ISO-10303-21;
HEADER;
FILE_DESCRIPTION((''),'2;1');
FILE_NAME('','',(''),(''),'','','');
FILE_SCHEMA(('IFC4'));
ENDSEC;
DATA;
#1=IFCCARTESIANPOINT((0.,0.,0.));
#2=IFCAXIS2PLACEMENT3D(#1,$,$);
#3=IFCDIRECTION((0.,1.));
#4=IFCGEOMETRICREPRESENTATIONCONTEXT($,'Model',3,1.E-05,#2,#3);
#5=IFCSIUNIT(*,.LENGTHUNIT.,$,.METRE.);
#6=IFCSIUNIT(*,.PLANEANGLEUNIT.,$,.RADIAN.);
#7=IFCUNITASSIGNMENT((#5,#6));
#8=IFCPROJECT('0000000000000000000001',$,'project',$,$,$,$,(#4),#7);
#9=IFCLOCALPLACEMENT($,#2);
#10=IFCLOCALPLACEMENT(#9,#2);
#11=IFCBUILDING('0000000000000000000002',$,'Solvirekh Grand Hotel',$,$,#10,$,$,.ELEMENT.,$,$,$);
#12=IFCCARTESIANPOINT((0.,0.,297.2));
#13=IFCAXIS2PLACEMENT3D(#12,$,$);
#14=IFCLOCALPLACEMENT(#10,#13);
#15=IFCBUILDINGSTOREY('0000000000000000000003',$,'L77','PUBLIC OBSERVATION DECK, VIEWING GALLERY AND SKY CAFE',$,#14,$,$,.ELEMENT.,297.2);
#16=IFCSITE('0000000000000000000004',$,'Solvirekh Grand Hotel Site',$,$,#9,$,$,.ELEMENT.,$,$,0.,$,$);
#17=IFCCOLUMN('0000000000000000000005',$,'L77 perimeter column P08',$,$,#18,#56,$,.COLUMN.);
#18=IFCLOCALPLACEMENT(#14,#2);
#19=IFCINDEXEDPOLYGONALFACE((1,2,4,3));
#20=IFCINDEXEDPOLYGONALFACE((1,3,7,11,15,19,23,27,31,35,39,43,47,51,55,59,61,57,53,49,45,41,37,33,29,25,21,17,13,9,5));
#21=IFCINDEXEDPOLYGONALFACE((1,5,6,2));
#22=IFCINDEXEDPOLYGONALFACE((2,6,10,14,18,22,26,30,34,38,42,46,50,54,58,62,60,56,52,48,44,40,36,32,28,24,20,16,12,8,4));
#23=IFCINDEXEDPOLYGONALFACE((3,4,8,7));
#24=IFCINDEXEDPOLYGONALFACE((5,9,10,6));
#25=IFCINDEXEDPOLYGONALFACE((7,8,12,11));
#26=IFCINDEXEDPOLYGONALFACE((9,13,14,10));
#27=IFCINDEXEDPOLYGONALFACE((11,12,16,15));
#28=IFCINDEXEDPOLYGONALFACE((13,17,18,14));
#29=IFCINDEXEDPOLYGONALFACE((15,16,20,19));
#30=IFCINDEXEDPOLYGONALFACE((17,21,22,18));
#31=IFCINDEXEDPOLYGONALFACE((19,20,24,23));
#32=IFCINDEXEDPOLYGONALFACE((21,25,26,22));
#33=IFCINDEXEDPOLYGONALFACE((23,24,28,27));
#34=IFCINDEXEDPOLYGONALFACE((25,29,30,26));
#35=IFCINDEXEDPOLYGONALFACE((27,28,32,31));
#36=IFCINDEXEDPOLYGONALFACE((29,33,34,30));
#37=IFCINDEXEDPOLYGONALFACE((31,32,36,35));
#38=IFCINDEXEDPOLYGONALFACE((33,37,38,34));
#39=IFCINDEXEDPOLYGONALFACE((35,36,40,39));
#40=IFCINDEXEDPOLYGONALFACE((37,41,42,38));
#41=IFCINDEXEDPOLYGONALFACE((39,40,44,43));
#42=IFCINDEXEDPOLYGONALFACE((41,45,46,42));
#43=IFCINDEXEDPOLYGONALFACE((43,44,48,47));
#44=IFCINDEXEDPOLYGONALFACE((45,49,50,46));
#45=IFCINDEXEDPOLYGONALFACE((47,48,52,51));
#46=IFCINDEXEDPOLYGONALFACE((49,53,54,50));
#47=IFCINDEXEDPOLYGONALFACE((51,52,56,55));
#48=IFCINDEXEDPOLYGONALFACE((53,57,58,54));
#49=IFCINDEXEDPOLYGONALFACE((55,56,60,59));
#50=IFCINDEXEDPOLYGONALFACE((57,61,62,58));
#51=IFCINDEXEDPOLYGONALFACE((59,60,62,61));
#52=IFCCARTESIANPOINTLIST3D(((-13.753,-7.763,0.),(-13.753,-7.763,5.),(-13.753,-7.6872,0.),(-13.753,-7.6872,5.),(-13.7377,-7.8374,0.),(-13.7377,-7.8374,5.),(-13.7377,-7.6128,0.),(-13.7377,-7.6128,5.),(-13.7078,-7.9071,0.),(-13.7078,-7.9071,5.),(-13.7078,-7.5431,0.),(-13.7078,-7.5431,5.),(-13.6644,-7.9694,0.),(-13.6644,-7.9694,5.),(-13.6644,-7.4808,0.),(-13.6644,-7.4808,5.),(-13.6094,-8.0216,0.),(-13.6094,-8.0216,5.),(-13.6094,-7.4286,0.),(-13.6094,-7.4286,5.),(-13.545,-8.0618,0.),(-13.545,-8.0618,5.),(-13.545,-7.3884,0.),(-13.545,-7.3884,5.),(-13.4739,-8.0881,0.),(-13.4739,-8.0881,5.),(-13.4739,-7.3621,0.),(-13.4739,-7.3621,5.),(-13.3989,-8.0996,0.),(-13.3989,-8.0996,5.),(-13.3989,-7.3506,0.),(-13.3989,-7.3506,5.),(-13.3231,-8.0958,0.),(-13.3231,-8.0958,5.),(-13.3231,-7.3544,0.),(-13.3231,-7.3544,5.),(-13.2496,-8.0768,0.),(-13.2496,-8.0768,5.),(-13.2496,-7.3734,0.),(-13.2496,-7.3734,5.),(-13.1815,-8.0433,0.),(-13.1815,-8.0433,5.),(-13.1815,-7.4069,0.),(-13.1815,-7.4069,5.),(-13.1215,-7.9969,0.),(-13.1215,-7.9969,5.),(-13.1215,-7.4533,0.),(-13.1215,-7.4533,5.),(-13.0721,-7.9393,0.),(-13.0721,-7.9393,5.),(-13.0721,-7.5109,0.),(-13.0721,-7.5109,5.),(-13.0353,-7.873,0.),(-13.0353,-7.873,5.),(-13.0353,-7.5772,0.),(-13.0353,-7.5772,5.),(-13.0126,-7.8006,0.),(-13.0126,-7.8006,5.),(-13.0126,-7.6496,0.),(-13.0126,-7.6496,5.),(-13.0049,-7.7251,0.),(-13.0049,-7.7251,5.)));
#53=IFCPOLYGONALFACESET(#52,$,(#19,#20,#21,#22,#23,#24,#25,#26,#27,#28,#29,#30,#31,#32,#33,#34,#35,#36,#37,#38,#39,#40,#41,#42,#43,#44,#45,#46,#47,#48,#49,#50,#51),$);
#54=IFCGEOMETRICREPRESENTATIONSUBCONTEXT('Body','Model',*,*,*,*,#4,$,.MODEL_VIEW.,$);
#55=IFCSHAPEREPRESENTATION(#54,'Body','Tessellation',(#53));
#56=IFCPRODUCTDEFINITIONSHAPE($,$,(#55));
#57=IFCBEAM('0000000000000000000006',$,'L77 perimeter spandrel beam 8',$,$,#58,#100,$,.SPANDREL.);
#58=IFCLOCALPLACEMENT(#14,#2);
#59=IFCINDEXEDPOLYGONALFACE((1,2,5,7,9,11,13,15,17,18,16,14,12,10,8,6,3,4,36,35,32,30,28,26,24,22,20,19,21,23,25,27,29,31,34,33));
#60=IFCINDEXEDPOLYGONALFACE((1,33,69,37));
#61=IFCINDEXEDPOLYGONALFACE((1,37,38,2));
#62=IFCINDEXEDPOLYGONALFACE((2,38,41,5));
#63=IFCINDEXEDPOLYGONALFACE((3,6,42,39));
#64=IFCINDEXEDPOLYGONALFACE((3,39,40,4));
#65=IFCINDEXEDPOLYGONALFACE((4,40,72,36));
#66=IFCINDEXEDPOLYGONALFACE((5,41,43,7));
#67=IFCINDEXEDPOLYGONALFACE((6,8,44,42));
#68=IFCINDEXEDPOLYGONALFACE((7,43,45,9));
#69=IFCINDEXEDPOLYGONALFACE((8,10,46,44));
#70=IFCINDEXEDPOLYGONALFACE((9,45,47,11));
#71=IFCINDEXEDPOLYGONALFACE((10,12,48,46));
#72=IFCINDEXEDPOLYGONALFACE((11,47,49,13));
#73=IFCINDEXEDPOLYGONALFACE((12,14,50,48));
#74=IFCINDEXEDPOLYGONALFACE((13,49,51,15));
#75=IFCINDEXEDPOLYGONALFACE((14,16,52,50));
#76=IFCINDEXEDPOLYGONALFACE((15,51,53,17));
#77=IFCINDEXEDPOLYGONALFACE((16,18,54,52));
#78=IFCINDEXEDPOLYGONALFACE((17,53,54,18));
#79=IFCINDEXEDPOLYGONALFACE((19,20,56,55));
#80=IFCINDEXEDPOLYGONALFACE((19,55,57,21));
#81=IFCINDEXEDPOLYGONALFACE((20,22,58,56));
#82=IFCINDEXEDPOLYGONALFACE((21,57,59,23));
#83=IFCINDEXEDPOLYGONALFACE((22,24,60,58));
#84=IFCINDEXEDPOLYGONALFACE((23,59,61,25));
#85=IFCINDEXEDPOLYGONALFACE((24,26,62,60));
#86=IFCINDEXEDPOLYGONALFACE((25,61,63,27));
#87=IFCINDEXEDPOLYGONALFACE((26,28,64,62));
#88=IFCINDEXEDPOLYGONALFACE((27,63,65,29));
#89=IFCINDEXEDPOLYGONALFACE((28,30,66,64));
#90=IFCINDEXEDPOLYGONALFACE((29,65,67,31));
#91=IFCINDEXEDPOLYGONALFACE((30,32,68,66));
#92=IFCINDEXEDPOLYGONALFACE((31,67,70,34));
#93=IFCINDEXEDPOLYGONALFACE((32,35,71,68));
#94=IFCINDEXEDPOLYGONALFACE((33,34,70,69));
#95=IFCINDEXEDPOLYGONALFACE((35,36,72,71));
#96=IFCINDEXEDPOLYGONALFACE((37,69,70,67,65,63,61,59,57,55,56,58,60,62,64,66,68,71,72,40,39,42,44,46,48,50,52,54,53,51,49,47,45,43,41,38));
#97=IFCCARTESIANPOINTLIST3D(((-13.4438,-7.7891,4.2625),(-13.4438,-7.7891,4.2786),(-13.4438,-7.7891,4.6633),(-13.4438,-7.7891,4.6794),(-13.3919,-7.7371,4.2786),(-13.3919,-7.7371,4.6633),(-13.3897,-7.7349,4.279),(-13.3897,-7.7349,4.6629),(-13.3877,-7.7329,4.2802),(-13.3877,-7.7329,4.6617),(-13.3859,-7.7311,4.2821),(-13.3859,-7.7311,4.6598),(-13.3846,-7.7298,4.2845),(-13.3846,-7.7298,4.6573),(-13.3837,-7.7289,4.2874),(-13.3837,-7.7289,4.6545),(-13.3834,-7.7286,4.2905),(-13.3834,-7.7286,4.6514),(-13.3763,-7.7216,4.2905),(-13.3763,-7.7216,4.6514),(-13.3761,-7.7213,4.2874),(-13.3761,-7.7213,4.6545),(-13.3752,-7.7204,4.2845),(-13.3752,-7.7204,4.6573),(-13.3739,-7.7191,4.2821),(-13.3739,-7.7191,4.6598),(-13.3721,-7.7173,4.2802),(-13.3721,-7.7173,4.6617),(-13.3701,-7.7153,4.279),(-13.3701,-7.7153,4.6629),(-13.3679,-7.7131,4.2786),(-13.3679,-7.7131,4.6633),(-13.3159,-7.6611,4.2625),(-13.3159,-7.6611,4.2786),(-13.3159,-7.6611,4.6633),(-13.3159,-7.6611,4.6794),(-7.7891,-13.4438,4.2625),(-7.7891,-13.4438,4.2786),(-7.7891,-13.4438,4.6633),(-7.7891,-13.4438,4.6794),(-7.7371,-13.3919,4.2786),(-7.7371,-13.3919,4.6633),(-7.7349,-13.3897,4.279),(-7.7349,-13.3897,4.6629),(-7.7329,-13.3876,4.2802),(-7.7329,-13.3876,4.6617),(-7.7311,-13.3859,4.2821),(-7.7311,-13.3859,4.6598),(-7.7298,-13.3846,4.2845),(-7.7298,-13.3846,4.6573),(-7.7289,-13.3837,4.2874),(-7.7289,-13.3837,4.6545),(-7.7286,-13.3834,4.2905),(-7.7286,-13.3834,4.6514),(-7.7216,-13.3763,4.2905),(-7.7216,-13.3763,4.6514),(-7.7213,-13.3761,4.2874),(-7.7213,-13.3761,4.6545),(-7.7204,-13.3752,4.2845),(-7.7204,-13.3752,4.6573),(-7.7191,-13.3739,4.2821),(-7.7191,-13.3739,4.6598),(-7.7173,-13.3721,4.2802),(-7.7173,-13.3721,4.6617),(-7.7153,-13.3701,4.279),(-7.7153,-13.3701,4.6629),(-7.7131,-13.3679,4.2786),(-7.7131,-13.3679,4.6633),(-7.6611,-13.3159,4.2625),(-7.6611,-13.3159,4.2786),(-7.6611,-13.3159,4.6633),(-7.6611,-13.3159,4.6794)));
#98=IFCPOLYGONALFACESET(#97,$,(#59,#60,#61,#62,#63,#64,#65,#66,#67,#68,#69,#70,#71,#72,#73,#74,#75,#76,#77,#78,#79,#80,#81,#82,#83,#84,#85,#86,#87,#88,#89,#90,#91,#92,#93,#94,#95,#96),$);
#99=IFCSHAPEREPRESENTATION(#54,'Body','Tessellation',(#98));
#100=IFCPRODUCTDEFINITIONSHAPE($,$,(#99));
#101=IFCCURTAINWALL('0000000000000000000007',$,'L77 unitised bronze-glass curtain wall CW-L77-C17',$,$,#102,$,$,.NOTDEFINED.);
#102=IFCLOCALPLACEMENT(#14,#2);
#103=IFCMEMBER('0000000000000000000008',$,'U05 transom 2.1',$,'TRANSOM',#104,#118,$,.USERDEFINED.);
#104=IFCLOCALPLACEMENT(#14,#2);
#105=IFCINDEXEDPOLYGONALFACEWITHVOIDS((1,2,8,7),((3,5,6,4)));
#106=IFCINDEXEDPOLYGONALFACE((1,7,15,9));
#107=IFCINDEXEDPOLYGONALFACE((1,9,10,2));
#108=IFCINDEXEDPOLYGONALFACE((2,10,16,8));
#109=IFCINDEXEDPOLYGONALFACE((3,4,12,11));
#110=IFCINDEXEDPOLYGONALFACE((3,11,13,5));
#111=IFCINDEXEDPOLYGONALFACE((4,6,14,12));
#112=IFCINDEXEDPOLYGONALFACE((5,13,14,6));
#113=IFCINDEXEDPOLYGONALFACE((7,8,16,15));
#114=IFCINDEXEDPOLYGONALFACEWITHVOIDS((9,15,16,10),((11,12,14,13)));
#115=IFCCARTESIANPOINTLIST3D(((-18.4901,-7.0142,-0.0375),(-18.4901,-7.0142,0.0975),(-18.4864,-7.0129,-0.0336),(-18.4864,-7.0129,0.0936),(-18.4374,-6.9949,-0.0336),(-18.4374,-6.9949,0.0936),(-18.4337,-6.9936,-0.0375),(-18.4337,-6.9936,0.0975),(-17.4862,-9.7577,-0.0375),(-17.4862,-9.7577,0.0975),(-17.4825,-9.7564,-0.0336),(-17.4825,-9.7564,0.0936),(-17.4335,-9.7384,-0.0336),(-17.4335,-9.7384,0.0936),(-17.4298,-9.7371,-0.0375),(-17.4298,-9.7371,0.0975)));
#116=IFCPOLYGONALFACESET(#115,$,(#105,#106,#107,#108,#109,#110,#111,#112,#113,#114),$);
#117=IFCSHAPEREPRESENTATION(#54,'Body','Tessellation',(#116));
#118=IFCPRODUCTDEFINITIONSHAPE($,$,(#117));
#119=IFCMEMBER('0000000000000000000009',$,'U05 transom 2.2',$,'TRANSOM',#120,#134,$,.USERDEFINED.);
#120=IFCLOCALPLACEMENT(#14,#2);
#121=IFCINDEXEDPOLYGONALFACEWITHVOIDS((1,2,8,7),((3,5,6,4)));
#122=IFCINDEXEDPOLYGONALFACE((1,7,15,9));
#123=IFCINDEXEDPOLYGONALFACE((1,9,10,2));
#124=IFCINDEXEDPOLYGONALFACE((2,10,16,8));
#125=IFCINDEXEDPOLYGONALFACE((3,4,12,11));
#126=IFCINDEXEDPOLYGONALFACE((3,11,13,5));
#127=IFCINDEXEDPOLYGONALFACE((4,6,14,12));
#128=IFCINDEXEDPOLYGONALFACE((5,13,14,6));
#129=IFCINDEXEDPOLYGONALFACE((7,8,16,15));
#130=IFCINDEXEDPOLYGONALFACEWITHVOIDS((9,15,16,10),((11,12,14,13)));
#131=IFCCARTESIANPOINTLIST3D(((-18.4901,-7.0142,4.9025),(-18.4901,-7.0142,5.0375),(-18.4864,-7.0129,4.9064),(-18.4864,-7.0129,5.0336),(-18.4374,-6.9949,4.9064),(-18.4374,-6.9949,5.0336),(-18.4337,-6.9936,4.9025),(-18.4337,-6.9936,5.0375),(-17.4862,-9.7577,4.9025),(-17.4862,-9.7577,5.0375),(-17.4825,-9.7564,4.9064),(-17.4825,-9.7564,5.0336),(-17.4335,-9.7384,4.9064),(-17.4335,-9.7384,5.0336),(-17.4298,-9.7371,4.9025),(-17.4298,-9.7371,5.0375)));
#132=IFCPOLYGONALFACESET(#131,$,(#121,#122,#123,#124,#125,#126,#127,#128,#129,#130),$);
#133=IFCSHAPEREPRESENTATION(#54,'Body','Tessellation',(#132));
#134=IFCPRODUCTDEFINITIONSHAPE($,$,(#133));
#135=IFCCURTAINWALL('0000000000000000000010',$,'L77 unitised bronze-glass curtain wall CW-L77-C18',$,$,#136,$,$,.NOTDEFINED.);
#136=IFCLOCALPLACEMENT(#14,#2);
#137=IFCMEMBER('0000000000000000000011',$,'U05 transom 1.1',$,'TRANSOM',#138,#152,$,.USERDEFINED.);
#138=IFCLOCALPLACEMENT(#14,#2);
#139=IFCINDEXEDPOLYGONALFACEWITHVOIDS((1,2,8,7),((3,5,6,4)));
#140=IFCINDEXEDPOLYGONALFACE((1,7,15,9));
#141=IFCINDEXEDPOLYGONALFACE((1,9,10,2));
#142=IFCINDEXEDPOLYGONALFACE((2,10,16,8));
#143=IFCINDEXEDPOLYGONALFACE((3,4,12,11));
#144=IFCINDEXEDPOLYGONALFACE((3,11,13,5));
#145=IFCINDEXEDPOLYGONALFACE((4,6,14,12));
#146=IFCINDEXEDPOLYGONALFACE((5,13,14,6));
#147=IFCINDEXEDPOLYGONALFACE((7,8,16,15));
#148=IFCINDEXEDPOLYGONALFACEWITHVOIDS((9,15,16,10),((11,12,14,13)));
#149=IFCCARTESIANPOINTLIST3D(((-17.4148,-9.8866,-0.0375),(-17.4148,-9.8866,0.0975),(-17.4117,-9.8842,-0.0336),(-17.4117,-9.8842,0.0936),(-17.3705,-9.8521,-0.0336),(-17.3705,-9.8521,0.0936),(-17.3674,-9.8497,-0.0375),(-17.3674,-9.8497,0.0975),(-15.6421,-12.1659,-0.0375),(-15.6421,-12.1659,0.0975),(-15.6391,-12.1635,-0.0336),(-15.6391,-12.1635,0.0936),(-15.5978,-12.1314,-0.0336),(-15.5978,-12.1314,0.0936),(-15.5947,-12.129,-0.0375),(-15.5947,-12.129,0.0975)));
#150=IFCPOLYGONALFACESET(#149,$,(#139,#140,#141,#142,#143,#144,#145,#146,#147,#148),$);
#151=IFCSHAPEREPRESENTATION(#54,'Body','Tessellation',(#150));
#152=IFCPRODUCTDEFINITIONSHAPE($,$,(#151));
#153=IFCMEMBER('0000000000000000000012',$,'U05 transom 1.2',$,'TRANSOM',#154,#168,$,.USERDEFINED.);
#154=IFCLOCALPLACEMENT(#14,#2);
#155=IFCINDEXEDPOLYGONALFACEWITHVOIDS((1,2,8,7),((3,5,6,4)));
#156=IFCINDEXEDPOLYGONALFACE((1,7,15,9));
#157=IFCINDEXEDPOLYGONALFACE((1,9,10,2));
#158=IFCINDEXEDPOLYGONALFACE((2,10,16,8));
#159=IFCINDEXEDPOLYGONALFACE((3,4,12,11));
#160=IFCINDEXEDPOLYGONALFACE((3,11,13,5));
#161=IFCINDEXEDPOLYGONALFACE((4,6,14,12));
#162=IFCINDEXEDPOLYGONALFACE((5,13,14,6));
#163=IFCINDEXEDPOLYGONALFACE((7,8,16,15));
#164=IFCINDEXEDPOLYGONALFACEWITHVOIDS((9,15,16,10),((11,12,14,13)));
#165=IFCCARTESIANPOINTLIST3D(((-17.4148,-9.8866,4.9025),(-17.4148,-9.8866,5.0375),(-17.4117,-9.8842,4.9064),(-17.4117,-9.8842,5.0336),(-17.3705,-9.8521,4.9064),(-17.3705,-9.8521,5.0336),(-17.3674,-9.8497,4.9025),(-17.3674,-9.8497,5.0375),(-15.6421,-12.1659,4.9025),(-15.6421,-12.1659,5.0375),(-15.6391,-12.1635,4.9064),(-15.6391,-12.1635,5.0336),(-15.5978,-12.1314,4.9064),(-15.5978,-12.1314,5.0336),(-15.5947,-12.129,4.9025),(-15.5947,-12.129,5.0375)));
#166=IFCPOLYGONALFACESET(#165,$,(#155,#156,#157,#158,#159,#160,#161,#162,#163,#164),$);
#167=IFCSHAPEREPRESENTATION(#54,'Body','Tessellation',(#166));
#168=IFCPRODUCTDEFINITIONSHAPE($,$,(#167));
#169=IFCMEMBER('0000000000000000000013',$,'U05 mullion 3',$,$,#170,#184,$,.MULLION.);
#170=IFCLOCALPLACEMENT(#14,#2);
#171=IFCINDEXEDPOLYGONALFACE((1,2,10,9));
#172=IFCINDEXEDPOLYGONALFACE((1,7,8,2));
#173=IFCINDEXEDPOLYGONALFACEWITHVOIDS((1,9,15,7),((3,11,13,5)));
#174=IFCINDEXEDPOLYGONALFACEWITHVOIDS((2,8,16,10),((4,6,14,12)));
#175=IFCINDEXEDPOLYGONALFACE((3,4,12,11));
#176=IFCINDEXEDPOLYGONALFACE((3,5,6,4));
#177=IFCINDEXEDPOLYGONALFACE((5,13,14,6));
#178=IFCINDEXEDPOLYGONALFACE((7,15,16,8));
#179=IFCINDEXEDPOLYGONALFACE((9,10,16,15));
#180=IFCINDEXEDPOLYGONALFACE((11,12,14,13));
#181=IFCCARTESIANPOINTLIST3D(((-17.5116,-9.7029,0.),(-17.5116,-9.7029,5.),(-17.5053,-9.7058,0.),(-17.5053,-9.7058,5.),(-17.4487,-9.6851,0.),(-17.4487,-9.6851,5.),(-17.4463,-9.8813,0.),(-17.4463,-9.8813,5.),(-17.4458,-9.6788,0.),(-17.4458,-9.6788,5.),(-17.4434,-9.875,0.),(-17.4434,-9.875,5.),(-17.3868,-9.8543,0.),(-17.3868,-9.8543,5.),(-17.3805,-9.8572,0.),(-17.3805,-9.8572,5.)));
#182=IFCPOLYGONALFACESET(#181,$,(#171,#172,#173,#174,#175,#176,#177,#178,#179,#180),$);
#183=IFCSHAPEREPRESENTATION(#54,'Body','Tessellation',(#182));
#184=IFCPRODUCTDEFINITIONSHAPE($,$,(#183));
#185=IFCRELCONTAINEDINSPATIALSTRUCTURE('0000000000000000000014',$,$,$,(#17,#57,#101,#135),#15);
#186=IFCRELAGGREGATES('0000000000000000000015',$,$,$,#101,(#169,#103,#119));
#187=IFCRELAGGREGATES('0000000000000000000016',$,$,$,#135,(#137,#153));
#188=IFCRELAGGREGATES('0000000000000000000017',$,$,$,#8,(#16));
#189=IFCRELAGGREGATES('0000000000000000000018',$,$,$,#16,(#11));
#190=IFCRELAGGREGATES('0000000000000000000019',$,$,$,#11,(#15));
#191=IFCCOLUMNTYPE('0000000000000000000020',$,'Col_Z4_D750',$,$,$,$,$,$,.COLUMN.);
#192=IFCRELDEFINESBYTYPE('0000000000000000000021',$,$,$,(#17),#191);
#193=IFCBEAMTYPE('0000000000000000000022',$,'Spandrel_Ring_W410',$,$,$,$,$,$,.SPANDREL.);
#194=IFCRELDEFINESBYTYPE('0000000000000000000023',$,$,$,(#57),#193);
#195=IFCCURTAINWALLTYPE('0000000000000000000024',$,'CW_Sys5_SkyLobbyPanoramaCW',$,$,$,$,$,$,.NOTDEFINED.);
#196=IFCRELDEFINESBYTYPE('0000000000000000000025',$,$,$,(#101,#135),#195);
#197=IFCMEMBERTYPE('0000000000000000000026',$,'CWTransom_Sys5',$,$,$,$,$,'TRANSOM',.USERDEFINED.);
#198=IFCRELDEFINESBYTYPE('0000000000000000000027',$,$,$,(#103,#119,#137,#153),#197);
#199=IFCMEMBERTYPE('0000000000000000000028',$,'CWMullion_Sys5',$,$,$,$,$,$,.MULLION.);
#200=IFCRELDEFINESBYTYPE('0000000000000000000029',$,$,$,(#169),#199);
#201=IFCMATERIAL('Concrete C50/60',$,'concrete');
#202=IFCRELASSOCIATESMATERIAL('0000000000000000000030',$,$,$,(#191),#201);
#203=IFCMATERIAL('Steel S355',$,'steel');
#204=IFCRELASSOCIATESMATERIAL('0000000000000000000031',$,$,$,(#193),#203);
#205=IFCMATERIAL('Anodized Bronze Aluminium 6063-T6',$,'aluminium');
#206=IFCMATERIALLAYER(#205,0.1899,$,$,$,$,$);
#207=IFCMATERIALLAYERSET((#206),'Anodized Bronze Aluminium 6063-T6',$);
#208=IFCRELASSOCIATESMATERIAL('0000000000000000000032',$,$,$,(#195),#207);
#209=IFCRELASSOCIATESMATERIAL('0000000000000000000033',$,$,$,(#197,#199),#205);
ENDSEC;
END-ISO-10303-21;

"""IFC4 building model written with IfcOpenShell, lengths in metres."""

from ifc_helpers import new_model, si_unit, direction, frame, origin, origin_2d, place, context, subcontext, project, spatial, hollow_rectangle, circle, i_section, extrude, source, transform, mapped, material, layer, layer_set, material_profile, profile_set, type_object, element, aggregate, save


model = new_model("IFC4")

# Units and contexts
model_context = context("Model", 3, precision=1e-05, world=origin(), true_north=direction((0.0, 1.0)))
body_context = subcontext(model_context, "Body", "Model", "MODEL_VIEW")
ifc_project = project(units=[si_unit("LENGTHUNIT", "METRE"), si_unit("PLANEANGLEUNIT", "RADIAN")], contexts=[model_context])

# Site, building, storey
site_placement = place(None, origin())
site = spatial("IfcSite", under=ifc_project, at=site_placement, Name="Solvirekh Grand Hotel Site", CompositionType="ELEMENT", RefElevation=0.0)
building_placement = place(site_placement, origin())
building = spatial("IfcBuilding", under=site, at=building_placement, Name="Solvirekh Grand Hotel", CompositionType="ELEMENT")
storey_placement = place(building_placement, frame((0.0, 0.0, 297.2)))
storey = spatial("IfcBuildingStorey", under=building, at=storey_placement, Name="L77", Description="PUBLIC OBSERVATION DECK, VIEWING GALLERY AND SKY CAFE", CompositionType="ELEMENT", Elevation=297.2)

# Column
ifc_material_1 = material(Name="Concrete C50/60", Category="concrete")
ifc_material_profile_1 = material_profile(ifc_material_1, circle(Radius=0.375, at=origin_2d()), Name="RC CIRC D750")
ifc_profile_set_1 = profile_set([ifc_material_profile_1], Name="Concrete C50/60")
column_type = type_object("IfcColumnType", Name="Col_Z4_D750", PredefinedType="COLUMN", material=ifc_profile_set_1)
column_placement = place(storey_placement, frame((-13.3799, -7.7251, 0.0), z_axis=(0.0, 0.0, 1.0), x_axis=(1.0, 0.0, 0.0)))
element("IfcColumn", 1, at=column_placement, inside=storey, type_object=column_type, Name="L77 perimeter column P08", PredefinedType="COLUMN", context=body_context, shape_type="SweptSolid", body=[
    extrude(circle(Radius=0.375, at=origin_2d()), origin(), (0.0, 0.0, 1.0), 5.0),
])

# Beam
ifc_material_2 = material(Name="Steel S355", Category="steel")
ifc_material_profile_2 = material_profile(ifc_material_2, i_section(OverallWidth=0.1809, OverallDepth=0.417, WebThickness=0.01, FlangeThickness=0.0161, FilletRadius=0.012, at=origin_2d()), Name="W410X85")
ifc_profile_set_2 = profile_set([ifc_material_profile_2], Name="Steel S355")
beam_type = type_object("IfcBeamType", Name="Spandrel_Ring_W410", PredefinedType="SPANDREL", material=ifc_profile_set_2)
beam_placement = place(storey_placement, frame((-13.3799, -7.7251, 4.4709), z_axis=(0.707107, -0.707107, 0.0), x_axis=(0.707107, 0.707107, 0.0)))
element("IfcBeam", 2, at=beam_placement, inside=storey, type_object=beam_type, Name="L77 perimeter spandrel beam 8", PredefinedType="SPANDREL", context=body_context, shape_type="SweptSolid", body=[
    extrude(i_section(OverallWidth=0.1809, OverallDepth=0.417, WebThickness=0.01, FlangeThickness=0.0161, FilletRadius=0.012, at=origin_2d()), origin(), (0.0, 0.0, 1.0), 7.9971),
])

# Curtain walls, members
ifc_material_3 = material(Name="Anodized Bronze Aluminium 6063-T6", Category="aluminium")
ifc_layer_1 = layer(ifc_material_3, 0.1899)
ifc_layer_set_1 = layer_set([ifc_layer_1], Name="Anodized Bronze Aluminium 6063-T6")
curtain_wall_type = type_object("IfcCurtainWallType", Name="CW_Sys5_SkyLobbyPanoramaCW", PredefinedType="NOTDEFINED", material=ifc_layer_set_1)
curtain_wall_1_placement = place(storey_placement, origin())
curtain_wall_1 = element("IfcCurtainWall", 3, at=curtain_wall_1_placement, inside=storey, type_object=curtain_wall_type, Name="L77 unitised bronze-glass curtain wall CW-L77-C17", PredefinedType="NOTDEFINED")
ifc_material_profile_3 = material_profile(ifc_material_3, hollow_rectangle(XDim=0.0601, YDim=0.135, WallThickness=0.0039, at=origin_2d()), Name="ALU RHS 135X60X4")
ifc_profile_set_3 = profile_set([ifc_material_profile_3], Name="Anodized Bronze Aluminium 6063-T6")
member_type_1 = type_object("IfcMemberType", Name="CWTransom_Sys5", ElementType="TRANSOM", PredefinedType="USERDEFINED", material=ifc_profile_set_3)
shared_shape_1 = source(origin(), body_context, "Body", "SweptSolid", [
    extrude(hollow_rectangle(XDim=0.0601, YDim=0.135, WallThickness=0.0039, at=origin_2d()), origin(), (0.0, 0.0, 1.0), 2.9214),
])
member_1_placement = place(storey_placement, frame((-18.4619, -7.0039, 0.03), z_axis=(0.343648, -0.939099, 0.0), x_axis=(0.939099, 0.343648, 0.0)))
member_1 = element("IfcMember", 4, at=member_1_placement, type_object=member_type_1, Name="U05 transom 2.1", ObjectType="TRANSOM", PredefinedType="USERDEFINED", context=body_context, shape_type="MappedRepresentation", body=[
    mapped(shared_shape_1, transform((0.0, 0.0, 0.0), x_axis=(1.0, 0.0, 0.0), y_axis=(0.0, 1.0, 0.0), z_axis=(0.0, 0.0, 1.0), scale=1.0)),
])
member_2_placement = place(storey_placement, frame((-18.4619, -7.0039, 4.97), z_axis=(0.343648, -0.939099, 0.0), x_axis=(0.939099, 0.343648, 0.0)))
member_2 = element("IfcMember", 5, at=member_2_placement, type_object=member_type_1, Name="U05 transom 2.2", ObjectType="TRANSOM", PredefinedType="USERDEFINED", context=body_context, shape_type="MappedRepresentation", body=[
    mapped(shared_shape_1, transform((0.0, 0.0, 0.0), x_axis=(1.0, 0.0, 0.0), y_axis=(0.0, 1.0, 0.0), z_axis=(0.0, 0.0, 1.0), scale=1.0)),
])
curtain_wall_2_placement = place(storey_placement, origin())
curtain_wall_2 = element("IfcCurtainWall", 6, at=curtain_wall_2_placement, inside=storey, type_object=curtain_wall_type, Name="L77 unitised bronze-glass curtain wall CW-L77-C18", PredefinedType="NOTDEFINED")
shared_shape_2 = source(origin(), body_context, "Body", "SweptSolid", [
    extrude(hollow_rectangle(XDim=0.0601, YDim=0.135, WallThickness=0.0039, at=origin_2d()), origin(), (0.0, 0.0, 1.0), 2.8875),
])
member_3_placement = place(storey_placement, frame((-17.3911, -9.8682, 0.03), z_axis=(0.613923, -0.789366, 0.0), x_axis=(0.789366, 0.613923, 0.0)))
member_3 = element("IfcMember", 7, at=member_3_placement, type_object=member_type_1, Name="U05 transom 1.1", ObjectType="TRANSOM", PredefinedType="USERDEFINED", context=body_context, shape_type="MappedRepresentation", body=[
    mapped(shared_shape_2, transform((0.0, 0.0, 0.0), x_axis=(1.0, 0.0, 0.0), y_axis=(0.0, 1.0, 0.0), z_axis=(0.0, 0.0, 1.0), scale=1.0)),
])
member_4_placement = place(storey_placement, frame((-17.3911, -9.8682, 4.97), z_axis=(0.613923, -0.789366, 0.0), x_axis=(0.789366, 0.613923, 0.0)))
member_4 = element("IfcMember", 8, at=member_4_placement, type_object=member_type_1, Name="U05 transom 1.2", ObjectType="TRANSOM", PredefinedType="USERDEFINED", context=body_context, shape_type="MappedRepresentation", body=[
    mapped(shared_shape_2, transform((0.0, 0.0, 0.0), x_axis=(1.0, 0.0, 0.0), y_axis=(0.0, 1.0, 0.0), z_axis=(0.0, 0.0, 1.0), scale=1.0)),
])

# Member
ifc_material_profile_4 = material_profile(ifc_material_3, hollow_rectangle(XDim=0.0701, YDim=0.1899, WallThickness=0.0049, at=origin_2d()), Name="ALU RHS 190X70X5")
ifc_profile_set_4 = profile_set([ifc_material_profile_4], Name="Anodized Bronze Aluminium 6063-T6")
member_type_2 = type_object("IfcMemberType", Name="CWMullion_Sys5", PredefinedType="MULLION", material=ifc_profile_set_4)
shared_shape_3 = source(origin(), body_context, "Body", "SweptSolid", [
    extrude(hollow_rectangle(XDim=0.0701, YDim=0.1899, WallThickness=0.0049, at=origin_2d()), origin(), (0.0, 0.0, 1.0), 5.0),
])
member_5_placement = place(storey_placement, frame((-17.446, -9.78, 0.0), z_axis=(0.0, 0.0, 1.0), x_axis=(0.939097, 0.343653, 0.0)))
member_5 = element("IfcMember", 9, at=member_5_placement, type_object=member_type_2, Name="U05 mullion 3", PredefinedType="MULLION", context=body_context, shape_type="MappedRepresentation", body=[
    mapped(shared_shape_3, transform((0.0, 0.0, 0.0), x_axis=(1.0, 0.0, 0.0), y_axis=(0.0, 1.0, 0.0), z_axis=(0.0, 0.0, 1.0), scale=1.0)),
])

aggregate(curtain_wall_1, [member_5, member_1, member_2])
aggregate(curtain_wall_2, [member_3, member_4])

save(model, "model.ifc")
